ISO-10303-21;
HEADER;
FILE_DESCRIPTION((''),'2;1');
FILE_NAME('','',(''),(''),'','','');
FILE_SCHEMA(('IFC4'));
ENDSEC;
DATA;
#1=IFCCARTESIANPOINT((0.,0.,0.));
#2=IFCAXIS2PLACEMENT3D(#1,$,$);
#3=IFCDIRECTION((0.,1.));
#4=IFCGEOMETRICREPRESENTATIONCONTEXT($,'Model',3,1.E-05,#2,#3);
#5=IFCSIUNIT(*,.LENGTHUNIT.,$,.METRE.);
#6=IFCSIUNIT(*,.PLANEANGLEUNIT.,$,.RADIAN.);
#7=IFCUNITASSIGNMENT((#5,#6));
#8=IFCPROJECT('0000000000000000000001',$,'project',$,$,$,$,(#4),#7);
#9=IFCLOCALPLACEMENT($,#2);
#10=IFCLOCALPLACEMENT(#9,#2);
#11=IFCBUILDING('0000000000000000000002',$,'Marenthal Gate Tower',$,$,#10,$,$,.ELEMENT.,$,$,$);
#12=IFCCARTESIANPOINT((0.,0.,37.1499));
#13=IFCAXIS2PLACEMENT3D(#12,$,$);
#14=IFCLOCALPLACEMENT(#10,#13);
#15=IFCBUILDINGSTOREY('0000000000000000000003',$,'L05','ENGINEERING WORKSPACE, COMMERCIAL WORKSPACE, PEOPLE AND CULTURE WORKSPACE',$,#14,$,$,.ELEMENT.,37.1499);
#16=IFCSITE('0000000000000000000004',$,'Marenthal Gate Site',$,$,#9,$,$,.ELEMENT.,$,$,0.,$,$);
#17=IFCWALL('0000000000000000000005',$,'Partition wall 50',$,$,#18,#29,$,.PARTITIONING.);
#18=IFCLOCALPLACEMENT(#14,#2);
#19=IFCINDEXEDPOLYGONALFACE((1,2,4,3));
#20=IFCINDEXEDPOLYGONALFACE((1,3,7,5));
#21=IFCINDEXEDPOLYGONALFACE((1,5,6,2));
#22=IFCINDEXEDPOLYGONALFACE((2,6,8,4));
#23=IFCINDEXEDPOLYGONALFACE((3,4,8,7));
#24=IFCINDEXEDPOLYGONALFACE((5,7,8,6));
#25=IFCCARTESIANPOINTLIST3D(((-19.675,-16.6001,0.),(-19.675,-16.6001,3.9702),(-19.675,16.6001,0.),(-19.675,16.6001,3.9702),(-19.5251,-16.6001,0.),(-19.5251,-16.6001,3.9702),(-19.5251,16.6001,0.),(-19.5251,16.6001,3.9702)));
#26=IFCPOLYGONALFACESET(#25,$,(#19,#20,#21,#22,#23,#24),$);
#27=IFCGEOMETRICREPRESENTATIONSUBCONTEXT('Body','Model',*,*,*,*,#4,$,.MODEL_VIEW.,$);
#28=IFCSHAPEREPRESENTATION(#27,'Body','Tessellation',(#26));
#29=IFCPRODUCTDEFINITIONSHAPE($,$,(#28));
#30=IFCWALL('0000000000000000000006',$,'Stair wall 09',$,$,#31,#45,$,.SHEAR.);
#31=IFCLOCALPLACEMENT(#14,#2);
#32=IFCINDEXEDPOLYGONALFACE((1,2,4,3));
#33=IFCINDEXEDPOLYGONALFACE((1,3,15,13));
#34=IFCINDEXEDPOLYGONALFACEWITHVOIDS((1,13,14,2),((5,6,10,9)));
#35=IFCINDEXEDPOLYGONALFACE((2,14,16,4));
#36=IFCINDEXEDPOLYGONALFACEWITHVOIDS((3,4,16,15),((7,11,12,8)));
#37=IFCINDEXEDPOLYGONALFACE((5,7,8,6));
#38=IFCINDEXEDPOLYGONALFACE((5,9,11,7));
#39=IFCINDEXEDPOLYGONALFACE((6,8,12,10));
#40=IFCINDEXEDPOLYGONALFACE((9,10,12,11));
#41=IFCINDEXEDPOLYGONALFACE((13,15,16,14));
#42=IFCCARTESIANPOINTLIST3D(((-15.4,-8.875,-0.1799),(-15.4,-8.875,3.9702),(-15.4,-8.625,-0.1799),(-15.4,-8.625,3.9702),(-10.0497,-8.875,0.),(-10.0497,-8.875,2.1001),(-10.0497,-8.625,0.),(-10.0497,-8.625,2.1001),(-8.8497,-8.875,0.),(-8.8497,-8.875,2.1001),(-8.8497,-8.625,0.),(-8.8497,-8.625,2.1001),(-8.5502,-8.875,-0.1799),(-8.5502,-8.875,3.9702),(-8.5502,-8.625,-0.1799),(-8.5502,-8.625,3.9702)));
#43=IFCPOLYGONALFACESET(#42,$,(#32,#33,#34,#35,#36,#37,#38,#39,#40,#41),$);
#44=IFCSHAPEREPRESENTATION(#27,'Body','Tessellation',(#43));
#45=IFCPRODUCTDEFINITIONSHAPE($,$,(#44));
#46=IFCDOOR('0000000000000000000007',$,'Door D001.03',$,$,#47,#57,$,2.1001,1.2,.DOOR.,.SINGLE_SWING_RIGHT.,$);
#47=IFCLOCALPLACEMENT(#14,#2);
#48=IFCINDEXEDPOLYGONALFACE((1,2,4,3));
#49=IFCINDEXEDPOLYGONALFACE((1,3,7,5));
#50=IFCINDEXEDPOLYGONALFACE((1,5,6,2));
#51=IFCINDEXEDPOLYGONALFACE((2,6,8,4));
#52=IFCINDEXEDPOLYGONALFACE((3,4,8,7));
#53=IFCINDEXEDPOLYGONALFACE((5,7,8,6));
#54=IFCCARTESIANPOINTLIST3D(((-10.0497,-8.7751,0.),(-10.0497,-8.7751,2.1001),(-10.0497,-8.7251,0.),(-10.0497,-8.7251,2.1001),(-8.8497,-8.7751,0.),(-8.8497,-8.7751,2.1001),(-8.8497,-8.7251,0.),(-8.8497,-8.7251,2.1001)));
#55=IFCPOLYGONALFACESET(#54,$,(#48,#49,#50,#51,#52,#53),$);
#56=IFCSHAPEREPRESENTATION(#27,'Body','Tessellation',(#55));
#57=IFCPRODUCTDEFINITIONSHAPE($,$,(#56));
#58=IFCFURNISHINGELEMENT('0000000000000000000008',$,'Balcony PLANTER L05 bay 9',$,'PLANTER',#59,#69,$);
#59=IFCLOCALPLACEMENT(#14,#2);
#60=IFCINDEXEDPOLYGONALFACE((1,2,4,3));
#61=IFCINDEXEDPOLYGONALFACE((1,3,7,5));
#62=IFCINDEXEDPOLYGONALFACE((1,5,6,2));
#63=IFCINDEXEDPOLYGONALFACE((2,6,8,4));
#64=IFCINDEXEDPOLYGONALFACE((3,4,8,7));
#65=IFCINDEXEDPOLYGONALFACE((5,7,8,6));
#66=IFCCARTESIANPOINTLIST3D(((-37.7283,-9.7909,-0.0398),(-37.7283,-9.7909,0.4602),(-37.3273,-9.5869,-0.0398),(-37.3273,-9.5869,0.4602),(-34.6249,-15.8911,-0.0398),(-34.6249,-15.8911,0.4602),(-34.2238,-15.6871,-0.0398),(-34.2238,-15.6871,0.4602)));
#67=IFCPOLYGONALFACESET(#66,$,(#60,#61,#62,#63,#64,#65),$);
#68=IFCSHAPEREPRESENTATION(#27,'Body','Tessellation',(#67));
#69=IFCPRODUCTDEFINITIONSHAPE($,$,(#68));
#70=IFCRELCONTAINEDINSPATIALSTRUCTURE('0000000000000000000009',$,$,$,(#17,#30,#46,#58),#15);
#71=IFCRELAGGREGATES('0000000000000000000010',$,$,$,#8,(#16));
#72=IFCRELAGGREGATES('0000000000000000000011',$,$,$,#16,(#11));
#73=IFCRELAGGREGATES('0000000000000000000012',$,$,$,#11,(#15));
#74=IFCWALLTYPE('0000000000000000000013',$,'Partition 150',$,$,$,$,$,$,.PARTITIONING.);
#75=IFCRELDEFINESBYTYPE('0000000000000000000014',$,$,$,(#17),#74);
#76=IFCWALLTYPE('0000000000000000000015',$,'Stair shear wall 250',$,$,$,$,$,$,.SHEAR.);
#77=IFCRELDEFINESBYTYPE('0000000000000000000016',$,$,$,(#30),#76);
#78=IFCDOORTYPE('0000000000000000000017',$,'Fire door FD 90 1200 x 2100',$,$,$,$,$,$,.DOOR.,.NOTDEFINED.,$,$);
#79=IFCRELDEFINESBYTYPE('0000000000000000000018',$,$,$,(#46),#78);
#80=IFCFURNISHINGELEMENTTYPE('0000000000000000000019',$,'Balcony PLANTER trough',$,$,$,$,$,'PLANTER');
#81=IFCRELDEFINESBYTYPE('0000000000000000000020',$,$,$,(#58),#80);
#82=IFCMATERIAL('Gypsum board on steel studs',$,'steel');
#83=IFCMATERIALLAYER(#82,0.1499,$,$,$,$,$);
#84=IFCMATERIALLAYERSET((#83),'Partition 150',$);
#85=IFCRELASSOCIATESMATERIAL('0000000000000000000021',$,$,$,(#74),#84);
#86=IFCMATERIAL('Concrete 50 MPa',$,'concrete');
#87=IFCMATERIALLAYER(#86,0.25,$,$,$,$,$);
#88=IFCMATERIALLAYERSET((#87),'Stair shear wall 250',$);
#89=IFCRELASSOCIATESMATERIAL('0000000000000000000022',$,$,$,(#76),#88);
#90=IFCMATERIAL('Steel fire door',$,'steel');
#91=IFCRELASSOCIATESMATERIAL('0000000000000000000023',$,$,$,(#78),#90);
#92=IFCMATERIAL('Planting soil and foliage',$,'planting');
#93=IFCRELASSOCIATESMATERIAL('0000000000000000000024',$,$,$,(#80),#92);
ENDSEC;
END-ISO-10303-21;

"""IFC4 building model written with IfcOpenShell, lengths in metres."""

from ifc_helpers import new_model, si_unit, direction, frame, frame_2d, origin, origin_2d, place, context, subcontext, project, spatial, rectangle, extrude, material, layer, layer_set, type_object, element, fill, save


model = new_model("IFC4")

# Units and contexts
model_context = context("Model", 3, precision=1e-05, world=origin(), true_north=direction((0.0, 1.0)))
body_context = subcontext(model_context, "Body", "Model", "MODEL_VIEW")
ifc_project = project(units=[si_unit("LENGTHUNIT", "METRE"), si_unit("PLANEANGLEUNIT", "RADIAN")], contexts=[model_context])

# Site, building, storey
site_placement = place(None, origin())
site = spatial("IfcSite", under=ifc_project, at=site_placement, Name="Marenthal Gate Site", CompositionType="ELEMENT", RefElevation=0.0)
building_placement = place(site_placement, origin())
building = spatial("IfcBuilding", under=site, at=building_placement, Name="Marenthal Gate Tower", CompositionType="ELEMENT")
storey_placement = place(building_placement, frame((0.0, 0.0, 37.1499)))
storey = spatial("IfcBuildingStorey", under=building, at=storey_placement, Name="L05", Description="ENGINEERING WORKSPACE, COMMERCIAL WORKSPACE, PEOPLE AND CULTURE WORKSPACE", CompositionType="ELEMENT", Elevation=37.1499)

# Wall
ifc_material_1 = material(Name="Gypsum board on steel studs", Category="steel")
ifc_layer_1 = layer(ifc_material_1, 0.1499)
ifc_layer_set_1 = layer_set([ifc_layer_1], Name="Partition 150")
wall_type_1 = type_object("IfcWallType", Name="Partition 150", PredefinedType="PARTITIONING", material=ifc_layer_set_1)
wall_1_placement = place(storey_placement, frame((-19.6001, -16.6001, 0.0), z_axis=(0.0, 0.0, 1.0), x_axis=(0.0, 1.0, 0.0)))
element("IfcWall", 1, at=wall_1_placement, inside=storey, type_object=wall_type_1, Name="Partition wall 50", PredefinedType="PARTITIONING", context=body_context, shape_type="SweptSolid", body=[
    extrude(rectangle(XDim=33.2002, YDim=0.1499, at=frame_2d((16.6001, 0.0))), origin(), (0.0, 0.0, 1.0), 3.9702),
])

# Wall, opening, door
ifc_material_2 = material(Name="Concrete 50 MPa", Category="concrete")
ifc_layer_2 = layer(ifc_material_2, 0.25)
ifc_layer_set_2 = layer_set([ifc_layer_2], Name="Stair shear wall 250")
wall_type_2 = type_object("IfcWallType", Name="Stair shear wall 250", PredefinedType="SHEAR", material=ifc_layer_set_2)
wall_2_placement = place(storey_placement, frame((-15.3999, -8.75, -0.1799), z_axis=(0.0, 0.0, 1.0), x_axis=(1.0, 0.0, 0.0)))
wall_2 = element("IfcWall", 2, at=wall_2_placement, inside=storey, type_object=wall_type_2, Name="Stair wall 09", PredefinedType="SHEAR", context=body_context, shape_type="SweptSolid", body=[
    extrude(rectangle(XDim=6.8499, YDim=0.25, at=frame_2d((3.4248, 0.0))), origin(), (0.0, 0.0, 1.0), 4.1501),
])
opening_1_placement = place(wall_2_placement, frame((5.3501, 0.0, 0.1799)))
opening_1 = element("IfcOpeningElement", 3, at=opening_1_placement, cuts=wall_2, PredefinedType="OPENING", context=body_context, shape_type="SweptSolid", body=[
    extrude(rectangle(XDim=1.2, YDim=2.1001, at=frame_2d((0.6001, 1.05))), frame((0.0, 0.135, 0.0), z_axis=(0.0, -1.0, 0.0), x_axis=(1.0, 0.0, 0.0)), (0.0, 0.0, 1.0), 0.27),
])
ifc_material_3 = material(Name="Steel fire door", Category="steel")
door_type_1 = type_object("IfcDoorType", Name="Fire door FD 90 1200 x 2100", OperationType="NOTDEFINED", PredefinedType="DOOR", material=ifc_material_3)
door_1_placement = place(opening_1_placement, origin())
door_1 = element("IfcDoor", 4, at=door_1_placement, inside=storey, type_object=door_type_1, Name="Door D001.03", OperationType="SINGLE_SWING_RIGHT", OverallHeight=2.1001, OverallWidth=1.2, PredefinedType="DOOR", context=body_context, shape_type="SweptSolid", body=[
    extrude(rectangle(XDim=1.2, YDim=2.1001, at=frame_2d((0.6001, 1.05))), frame((0.0, 0.0249, 0.0), z_axis=(0.0, -1.0, 0.0), x_axis=(1.0, 0.0, 0.0)), (0.0, 0.0, 1.0), 0.05),
])
fill(opening_1, door_1)

# Furnishing element
ifc_material_4 = material(Name="Planting soil and foliage", Category="planting")
furnishing_element_type = type_object("IfcFurnishingElementType", Name="Balcony PLANTER trough", ElementType="PLANTER", material=ifc_material_4)
furnishing_placement = place(storey_placement, frame((-35.9761, -12.739, -0.0398), z_axis=(0.0, 0.0, 1.0), x_axis=(0.453437, -0.891288, 0.0)))
element("IfcFurnishingElement", 5, at=furnishing_placement, inside=storey, type_object=furnishing_element_type, Name="Balcony PLANTER L05 bay 9", ObjectType="PLANTER", context=body_context, shape_type="SweptSolid", body=[
    extrude(rectangle(XDim=6.8442, YDim=0.45, at=origin_2d()), origin(), (0.0, 0.0, 1.0), 0.5),
])

save(model, "model.ifc")
